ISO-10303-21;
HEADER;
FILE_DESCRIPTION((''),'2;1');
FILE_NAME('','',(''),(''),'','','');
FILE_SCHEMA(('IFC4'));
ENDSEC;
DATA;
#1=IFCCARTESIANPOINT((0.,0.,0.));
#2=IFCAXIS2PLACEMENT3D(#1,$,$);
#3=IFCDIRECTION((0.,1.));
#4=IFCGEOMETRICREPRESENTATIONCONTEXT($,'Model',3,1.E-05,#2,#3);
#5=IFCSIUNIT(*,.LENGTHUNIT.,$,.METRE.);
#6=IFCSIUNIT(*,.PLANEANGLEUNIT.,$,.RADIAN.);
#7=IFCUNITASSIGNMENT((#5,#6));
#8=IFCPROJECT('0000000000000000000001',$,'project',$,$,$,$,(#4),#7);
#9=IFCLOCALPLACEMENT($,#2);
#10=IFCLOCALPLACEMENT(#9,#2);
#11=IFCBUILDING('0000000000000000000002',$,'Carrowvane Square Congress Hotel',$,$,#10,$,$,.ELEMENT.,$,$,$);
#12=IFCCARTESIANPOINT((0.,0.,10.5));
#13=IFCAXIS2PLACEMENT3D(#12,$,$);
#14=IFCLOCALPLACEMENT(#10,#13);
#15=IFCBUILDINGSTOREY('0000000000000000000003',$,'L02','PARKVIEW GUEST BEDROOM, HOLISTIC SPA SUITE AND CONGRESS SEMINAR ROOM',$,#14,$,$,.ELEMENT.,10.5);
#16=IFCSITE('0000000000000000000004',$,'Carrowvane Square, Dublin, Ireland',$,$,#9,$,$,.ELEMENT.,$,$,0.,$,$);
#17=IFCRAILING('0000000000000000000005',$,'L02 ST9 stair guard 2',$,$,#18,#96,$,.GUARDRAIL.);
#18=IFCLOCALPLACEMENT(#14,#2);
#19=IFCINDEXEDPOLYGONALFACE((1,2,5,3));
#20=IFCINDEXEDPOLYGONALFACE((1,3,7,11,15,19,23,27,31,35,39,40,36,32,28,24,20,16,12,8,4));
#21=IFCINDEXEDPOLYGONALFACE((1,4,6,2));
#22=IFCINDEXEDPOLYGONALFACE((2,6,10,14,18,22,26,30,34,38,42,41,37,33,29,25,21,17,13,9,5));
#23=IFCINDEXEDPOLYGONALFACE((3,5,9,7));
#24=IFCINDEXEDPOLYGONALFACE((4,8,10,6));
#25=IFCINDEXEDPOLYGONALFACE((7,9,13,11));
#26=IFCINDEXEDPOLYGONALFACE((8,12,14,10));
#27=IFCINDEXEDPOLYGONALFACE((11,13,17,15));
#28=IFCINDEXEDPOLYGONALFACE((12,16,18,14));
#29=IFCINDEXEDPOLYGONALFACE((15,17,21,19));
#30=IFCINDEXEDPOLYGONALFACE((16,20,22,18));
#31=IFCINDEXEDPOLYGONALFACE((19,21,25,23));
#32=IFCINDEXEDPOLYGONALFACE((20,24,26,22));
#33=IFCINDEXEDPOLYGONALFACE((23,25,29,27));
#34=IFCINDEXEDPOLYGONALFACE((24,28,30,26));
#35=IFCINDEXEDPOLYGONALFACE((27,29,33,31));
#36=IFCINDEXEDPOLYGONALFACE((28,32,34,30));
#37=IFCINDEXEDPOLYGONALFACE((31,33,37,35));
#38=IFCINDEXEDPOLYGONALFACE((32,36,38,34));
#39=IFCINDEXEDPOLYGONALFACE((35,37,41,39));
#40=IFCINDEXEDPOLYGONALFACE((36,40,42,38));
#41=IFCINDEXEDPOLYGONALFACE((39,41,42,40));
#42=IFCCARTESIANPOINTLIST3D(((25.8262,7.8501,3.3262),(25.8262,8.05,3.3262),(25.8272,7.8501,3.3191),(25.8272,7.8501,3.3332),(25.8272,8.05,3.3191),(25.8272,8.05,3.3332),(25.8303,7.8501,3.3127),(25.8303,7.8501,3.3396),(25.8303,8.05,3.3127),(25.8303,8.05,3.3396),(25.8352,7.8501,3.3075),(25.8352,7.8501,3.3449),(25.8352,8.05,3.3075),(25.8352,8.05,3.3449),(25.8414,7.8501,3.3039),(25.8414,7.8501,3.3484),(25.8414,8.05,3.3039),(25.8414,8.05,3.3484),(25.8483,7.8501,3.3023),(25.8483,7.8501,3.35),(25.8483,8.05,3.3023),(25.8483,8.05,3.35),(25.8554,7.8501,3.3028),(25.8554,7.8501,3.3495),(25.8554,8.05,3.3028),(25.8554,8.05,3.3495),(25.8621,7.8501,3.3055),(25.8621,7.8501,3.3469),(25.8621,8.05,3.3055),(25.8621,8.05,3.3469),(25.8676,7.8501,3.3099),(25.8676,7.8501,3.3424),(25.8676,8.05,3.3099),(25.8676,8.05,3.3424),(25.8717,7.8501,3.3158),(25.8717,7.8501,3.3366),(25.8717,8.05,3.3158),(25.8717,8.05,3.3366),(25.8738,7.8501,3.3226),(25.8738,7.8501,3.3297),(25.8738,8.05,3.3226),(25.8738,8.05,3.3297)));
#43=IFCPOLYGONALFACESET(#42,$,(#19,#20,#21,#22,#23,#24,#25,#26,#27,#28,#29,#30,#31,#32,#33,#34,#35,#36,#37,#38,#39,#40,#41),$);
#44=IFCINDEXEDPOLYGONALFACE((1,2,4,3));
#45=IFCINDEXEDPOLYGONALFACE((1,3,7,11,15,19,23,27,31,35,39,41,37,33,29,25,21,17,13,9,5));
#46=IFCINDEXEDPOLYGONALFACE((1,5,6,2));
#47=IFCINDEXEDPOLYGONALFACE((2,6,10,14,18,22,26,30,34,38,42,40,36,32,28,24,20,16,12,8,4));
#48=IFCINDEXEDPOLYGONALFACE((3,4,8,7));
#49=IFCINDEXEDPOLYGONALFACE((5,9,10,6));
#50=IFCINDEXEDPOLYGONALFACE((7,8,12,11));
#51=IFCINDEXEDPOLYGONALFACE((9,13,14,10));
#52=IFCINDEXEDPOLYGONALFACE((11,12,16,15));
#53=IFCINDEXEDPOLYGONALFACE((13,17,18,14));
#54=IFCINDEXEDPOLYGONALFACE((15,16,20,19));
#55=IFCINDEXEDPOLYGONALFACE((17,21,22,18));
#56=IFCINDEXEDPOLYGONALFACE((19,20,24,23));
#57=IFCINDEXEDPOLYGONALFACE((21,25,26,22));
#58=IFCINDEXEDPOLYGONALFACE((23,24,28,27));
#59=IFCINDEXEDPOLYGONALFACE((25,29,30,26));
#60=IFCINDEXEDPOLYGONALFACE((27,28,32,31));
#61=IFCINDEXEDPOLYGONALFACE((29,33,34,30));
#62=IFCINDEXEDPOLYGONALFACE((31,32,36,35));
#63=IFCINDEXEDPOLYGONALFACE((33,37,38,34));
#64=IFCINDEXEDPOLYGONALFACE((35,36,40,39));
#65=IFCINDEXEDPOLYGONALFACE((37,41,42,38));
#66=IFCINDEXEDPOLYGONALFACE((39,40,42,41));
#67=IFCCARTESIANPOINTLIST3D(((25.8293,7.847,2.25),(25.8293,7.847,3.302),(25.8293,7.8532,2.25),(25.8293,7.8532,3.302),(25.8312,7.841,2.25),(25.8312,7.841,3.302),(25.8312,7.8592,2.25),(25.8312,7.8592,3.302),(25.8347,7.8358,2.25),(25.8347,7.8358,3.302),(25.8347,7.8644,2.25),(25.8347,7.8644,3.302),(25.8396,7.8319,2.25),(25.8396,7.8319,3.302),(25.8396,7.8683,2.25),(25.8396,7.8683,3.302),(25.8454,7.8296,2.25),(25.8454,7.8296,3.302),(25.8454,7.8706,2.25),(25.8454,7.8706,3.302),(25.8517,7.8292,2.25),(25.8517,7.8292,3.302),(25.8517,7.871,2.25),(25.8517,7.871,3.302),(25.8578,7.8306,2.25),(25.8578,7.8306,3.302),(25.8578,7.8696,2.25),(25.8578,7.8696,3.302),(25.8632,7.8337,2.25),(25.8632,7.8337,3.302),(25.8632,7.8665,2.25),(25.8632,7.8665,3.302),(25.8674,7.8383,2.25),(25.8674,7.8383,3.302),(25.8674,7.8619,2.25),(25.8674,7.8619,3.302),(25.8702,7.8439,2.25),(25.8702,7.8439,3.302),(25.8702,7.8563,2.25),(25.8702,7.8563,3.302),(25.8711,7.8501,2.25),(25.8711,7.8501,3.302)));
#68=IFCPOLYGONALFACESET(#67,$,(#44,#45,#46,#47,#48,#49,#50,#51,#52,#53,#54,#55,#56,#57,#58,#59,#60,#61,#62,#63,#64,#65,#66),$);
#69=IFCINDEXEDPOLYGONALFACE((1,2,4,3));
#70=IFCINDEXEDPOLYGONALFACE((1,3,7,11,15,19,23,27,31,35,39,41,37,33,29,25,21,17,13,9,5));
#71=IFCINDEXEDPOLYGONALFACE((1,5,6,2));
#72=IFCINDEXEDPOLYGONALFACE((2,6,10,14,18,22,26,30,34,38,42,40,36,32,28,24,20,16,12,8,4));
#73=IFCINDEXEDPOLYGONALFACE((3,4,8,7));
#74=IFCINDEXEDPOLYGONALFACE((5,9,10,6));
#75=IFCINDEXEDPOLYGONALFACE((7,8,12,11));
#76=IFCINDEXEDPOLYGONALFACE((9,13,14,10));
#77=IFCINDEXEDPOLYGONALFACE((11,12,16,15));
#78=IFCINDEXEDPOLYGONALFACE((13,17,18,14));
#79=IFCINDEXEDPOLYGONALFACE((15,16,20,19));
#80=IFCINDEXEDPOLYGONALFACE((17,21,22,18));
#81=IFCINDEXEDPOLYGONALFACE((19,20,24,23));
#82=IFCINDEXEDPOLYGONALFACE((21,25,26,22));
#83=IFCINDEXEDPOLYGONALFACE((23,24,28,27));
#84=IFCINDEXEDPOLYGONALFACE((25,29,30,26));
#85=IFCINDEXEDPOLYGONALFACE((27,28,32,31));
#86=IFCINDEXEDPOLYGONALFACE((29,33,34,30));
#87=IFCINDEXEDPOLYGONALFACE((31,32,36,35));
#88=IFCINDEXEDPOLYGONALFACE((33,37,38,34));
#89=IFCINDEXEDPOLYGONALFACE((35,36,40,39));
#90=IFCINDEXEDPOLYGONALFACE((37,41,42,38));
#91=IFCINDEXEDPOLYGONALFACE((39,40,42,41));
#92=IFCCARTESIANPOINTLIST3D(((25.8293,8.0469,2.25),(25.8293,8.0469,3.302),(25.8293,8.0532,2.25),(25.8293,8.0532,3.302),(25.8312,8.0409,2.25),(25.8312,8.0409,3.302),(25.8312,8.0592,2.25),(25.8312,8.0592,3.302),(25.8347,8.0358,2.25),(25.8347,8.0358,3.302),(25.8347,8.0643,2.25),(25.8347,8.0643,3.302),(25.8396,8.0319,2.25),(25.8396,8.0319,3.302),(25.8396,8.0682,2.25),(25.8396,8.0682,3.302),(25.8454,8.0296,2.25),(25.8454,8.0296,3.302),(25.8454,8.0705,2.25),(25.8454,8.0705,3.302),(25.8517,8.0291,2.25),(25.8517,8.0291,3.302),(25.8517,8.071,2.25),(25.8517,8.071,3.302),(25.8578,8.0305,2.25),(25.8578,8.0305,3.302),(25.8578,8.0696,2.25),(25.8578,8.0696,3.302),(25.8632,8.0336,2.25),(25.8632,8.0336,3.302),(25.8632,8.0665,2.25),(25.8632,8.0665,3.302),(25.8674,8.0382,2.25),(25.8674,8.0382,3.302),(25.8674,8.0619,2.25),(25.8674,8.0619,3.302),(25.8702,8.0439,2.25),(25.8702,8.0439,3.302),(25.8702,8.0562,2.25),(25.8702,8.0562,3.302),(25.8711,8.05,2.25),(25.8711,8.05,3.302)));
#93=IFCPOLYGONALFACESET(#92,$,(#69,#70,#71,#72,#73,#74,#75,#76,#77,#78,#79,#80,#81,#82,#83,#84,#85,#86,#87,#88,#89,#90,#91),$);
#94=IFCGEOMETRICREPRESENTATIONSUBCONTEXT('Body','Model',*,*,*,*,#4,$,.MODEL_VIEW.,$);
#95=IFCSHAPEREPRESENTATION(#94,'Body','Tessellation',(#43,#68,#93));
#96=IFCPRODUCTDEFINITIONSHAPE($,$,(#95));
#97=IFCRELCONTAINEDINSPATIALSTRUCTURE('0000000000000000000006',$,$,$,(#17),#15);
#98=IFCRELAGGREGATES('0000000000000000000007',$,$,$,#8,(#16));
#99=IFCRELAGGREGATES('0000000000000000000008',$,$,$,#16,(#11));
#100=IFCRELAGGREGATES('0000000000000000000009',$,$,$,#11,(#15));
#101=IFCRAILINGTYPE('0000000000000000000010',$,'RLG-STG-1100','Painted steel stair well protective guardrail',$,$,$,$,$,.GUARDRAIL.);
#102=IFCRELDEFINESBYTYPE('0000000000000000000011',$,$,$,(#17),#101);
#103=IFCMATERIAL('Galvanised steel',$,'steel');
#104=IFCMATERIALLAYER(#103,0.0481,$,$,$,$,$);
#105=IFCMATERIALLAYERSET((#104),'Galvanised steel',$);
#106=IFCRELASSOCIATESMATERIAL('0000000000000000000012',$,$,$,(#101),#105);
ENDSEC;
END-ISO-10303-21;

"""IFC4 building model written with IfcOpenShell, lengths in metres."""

from ifc_helpers import new_model, si_unit, direction, frame, origin, origin_2d, place, context, subcontext, project, spatial, circle, extrude, material, layer, layer_set, type_object, element, save


model = new_model("IFC4")

# Units and contexts
model_context = context("Model", 3, precision=1e-05, world=origin(), true_north=direction((0.0, 1.0)))
body_context = subcontext(model_context, "Body", "Model", "MODEL_VIEW")
ifc_project = project(units=[si_unit("LENGTHUNIT", "METRE"), si_unit("PLANEANGLEUNIT", "RADIAN")], contexts=[model_context])

# Site, building, storey
site_placement = place(None, origin())
site = spatial("IfcSite", under=ifc_project, at=site_placement, Name="Carrowvane Square, Dublin, Ireland", CompositionType="ELEMENT", RefElevation=0.0)
building_placement = place(site_placement, origin())
building = spatial("IfcBuilding", under=site, at=building_placement, Name="Carrowvane Square Congress Hotel", CompositionType="ELEMENT")
storey_placement = place(building_placement, frame((0.0, 0.0, 10.5)))
storey = spatial("IfcBuildingStorey", under=building, at=storey_placement, Name="L02", Description="PARKVIEW GUEST BEDROOM, HOLISTIC SPA SUITE AND CONGRESS SEMINAR ROOM", CompositionType="ELEMENT", Elevation=10.5)

# Railing
ifc_material_1 = material(Name="Galvanised steel", Category="steel")
ifc_layer_1 = layer(ifc_material_1, 0.0481)
ifc_layer_set_1 = layer_set([ifc_layer_1], Name="Galvanised steel")
railing_type_1 = type_object("IfcRailingType", Name="RLG-STG-1100", Description="Painted steel stair well protective guardrail", PredefinedType="GUARDRAIL", material=ifc_layer_set_1)
railing_1_placement = place(storey_placement, frame((25.8501, 7.8501, 2.25)))
element("IfcRailing", 1, at=railing_1_placement, inside=storey, type_object=railing_type_1, Name="L02 ST9 stair guard 2", PredefinedType="GUARDRAIL", context=body_context, shape_type="SweptSolid", body=[
    extrude(circle(Radius=0.0239, at=origin_2d()), frame((0.0, 0.0, 1.0762), z_axis=(0.0, 1.0, 0.0), x_axis=(-1.0, 0.0, 0.0)), (0.0, 0.0, 1.0), 0.2),
    extrude(circle(Radius=0.021, at=origin_2d()), origin(), (0.0, 0.0, 1.0), 1.052),
    extrude(circle(Radius=0.021, at=origin_2d()), frame((0.0, 0.2, 0.0)), (0.0, 0.0, 1.0), 1.052),
])

save(model, "model.ifc")
